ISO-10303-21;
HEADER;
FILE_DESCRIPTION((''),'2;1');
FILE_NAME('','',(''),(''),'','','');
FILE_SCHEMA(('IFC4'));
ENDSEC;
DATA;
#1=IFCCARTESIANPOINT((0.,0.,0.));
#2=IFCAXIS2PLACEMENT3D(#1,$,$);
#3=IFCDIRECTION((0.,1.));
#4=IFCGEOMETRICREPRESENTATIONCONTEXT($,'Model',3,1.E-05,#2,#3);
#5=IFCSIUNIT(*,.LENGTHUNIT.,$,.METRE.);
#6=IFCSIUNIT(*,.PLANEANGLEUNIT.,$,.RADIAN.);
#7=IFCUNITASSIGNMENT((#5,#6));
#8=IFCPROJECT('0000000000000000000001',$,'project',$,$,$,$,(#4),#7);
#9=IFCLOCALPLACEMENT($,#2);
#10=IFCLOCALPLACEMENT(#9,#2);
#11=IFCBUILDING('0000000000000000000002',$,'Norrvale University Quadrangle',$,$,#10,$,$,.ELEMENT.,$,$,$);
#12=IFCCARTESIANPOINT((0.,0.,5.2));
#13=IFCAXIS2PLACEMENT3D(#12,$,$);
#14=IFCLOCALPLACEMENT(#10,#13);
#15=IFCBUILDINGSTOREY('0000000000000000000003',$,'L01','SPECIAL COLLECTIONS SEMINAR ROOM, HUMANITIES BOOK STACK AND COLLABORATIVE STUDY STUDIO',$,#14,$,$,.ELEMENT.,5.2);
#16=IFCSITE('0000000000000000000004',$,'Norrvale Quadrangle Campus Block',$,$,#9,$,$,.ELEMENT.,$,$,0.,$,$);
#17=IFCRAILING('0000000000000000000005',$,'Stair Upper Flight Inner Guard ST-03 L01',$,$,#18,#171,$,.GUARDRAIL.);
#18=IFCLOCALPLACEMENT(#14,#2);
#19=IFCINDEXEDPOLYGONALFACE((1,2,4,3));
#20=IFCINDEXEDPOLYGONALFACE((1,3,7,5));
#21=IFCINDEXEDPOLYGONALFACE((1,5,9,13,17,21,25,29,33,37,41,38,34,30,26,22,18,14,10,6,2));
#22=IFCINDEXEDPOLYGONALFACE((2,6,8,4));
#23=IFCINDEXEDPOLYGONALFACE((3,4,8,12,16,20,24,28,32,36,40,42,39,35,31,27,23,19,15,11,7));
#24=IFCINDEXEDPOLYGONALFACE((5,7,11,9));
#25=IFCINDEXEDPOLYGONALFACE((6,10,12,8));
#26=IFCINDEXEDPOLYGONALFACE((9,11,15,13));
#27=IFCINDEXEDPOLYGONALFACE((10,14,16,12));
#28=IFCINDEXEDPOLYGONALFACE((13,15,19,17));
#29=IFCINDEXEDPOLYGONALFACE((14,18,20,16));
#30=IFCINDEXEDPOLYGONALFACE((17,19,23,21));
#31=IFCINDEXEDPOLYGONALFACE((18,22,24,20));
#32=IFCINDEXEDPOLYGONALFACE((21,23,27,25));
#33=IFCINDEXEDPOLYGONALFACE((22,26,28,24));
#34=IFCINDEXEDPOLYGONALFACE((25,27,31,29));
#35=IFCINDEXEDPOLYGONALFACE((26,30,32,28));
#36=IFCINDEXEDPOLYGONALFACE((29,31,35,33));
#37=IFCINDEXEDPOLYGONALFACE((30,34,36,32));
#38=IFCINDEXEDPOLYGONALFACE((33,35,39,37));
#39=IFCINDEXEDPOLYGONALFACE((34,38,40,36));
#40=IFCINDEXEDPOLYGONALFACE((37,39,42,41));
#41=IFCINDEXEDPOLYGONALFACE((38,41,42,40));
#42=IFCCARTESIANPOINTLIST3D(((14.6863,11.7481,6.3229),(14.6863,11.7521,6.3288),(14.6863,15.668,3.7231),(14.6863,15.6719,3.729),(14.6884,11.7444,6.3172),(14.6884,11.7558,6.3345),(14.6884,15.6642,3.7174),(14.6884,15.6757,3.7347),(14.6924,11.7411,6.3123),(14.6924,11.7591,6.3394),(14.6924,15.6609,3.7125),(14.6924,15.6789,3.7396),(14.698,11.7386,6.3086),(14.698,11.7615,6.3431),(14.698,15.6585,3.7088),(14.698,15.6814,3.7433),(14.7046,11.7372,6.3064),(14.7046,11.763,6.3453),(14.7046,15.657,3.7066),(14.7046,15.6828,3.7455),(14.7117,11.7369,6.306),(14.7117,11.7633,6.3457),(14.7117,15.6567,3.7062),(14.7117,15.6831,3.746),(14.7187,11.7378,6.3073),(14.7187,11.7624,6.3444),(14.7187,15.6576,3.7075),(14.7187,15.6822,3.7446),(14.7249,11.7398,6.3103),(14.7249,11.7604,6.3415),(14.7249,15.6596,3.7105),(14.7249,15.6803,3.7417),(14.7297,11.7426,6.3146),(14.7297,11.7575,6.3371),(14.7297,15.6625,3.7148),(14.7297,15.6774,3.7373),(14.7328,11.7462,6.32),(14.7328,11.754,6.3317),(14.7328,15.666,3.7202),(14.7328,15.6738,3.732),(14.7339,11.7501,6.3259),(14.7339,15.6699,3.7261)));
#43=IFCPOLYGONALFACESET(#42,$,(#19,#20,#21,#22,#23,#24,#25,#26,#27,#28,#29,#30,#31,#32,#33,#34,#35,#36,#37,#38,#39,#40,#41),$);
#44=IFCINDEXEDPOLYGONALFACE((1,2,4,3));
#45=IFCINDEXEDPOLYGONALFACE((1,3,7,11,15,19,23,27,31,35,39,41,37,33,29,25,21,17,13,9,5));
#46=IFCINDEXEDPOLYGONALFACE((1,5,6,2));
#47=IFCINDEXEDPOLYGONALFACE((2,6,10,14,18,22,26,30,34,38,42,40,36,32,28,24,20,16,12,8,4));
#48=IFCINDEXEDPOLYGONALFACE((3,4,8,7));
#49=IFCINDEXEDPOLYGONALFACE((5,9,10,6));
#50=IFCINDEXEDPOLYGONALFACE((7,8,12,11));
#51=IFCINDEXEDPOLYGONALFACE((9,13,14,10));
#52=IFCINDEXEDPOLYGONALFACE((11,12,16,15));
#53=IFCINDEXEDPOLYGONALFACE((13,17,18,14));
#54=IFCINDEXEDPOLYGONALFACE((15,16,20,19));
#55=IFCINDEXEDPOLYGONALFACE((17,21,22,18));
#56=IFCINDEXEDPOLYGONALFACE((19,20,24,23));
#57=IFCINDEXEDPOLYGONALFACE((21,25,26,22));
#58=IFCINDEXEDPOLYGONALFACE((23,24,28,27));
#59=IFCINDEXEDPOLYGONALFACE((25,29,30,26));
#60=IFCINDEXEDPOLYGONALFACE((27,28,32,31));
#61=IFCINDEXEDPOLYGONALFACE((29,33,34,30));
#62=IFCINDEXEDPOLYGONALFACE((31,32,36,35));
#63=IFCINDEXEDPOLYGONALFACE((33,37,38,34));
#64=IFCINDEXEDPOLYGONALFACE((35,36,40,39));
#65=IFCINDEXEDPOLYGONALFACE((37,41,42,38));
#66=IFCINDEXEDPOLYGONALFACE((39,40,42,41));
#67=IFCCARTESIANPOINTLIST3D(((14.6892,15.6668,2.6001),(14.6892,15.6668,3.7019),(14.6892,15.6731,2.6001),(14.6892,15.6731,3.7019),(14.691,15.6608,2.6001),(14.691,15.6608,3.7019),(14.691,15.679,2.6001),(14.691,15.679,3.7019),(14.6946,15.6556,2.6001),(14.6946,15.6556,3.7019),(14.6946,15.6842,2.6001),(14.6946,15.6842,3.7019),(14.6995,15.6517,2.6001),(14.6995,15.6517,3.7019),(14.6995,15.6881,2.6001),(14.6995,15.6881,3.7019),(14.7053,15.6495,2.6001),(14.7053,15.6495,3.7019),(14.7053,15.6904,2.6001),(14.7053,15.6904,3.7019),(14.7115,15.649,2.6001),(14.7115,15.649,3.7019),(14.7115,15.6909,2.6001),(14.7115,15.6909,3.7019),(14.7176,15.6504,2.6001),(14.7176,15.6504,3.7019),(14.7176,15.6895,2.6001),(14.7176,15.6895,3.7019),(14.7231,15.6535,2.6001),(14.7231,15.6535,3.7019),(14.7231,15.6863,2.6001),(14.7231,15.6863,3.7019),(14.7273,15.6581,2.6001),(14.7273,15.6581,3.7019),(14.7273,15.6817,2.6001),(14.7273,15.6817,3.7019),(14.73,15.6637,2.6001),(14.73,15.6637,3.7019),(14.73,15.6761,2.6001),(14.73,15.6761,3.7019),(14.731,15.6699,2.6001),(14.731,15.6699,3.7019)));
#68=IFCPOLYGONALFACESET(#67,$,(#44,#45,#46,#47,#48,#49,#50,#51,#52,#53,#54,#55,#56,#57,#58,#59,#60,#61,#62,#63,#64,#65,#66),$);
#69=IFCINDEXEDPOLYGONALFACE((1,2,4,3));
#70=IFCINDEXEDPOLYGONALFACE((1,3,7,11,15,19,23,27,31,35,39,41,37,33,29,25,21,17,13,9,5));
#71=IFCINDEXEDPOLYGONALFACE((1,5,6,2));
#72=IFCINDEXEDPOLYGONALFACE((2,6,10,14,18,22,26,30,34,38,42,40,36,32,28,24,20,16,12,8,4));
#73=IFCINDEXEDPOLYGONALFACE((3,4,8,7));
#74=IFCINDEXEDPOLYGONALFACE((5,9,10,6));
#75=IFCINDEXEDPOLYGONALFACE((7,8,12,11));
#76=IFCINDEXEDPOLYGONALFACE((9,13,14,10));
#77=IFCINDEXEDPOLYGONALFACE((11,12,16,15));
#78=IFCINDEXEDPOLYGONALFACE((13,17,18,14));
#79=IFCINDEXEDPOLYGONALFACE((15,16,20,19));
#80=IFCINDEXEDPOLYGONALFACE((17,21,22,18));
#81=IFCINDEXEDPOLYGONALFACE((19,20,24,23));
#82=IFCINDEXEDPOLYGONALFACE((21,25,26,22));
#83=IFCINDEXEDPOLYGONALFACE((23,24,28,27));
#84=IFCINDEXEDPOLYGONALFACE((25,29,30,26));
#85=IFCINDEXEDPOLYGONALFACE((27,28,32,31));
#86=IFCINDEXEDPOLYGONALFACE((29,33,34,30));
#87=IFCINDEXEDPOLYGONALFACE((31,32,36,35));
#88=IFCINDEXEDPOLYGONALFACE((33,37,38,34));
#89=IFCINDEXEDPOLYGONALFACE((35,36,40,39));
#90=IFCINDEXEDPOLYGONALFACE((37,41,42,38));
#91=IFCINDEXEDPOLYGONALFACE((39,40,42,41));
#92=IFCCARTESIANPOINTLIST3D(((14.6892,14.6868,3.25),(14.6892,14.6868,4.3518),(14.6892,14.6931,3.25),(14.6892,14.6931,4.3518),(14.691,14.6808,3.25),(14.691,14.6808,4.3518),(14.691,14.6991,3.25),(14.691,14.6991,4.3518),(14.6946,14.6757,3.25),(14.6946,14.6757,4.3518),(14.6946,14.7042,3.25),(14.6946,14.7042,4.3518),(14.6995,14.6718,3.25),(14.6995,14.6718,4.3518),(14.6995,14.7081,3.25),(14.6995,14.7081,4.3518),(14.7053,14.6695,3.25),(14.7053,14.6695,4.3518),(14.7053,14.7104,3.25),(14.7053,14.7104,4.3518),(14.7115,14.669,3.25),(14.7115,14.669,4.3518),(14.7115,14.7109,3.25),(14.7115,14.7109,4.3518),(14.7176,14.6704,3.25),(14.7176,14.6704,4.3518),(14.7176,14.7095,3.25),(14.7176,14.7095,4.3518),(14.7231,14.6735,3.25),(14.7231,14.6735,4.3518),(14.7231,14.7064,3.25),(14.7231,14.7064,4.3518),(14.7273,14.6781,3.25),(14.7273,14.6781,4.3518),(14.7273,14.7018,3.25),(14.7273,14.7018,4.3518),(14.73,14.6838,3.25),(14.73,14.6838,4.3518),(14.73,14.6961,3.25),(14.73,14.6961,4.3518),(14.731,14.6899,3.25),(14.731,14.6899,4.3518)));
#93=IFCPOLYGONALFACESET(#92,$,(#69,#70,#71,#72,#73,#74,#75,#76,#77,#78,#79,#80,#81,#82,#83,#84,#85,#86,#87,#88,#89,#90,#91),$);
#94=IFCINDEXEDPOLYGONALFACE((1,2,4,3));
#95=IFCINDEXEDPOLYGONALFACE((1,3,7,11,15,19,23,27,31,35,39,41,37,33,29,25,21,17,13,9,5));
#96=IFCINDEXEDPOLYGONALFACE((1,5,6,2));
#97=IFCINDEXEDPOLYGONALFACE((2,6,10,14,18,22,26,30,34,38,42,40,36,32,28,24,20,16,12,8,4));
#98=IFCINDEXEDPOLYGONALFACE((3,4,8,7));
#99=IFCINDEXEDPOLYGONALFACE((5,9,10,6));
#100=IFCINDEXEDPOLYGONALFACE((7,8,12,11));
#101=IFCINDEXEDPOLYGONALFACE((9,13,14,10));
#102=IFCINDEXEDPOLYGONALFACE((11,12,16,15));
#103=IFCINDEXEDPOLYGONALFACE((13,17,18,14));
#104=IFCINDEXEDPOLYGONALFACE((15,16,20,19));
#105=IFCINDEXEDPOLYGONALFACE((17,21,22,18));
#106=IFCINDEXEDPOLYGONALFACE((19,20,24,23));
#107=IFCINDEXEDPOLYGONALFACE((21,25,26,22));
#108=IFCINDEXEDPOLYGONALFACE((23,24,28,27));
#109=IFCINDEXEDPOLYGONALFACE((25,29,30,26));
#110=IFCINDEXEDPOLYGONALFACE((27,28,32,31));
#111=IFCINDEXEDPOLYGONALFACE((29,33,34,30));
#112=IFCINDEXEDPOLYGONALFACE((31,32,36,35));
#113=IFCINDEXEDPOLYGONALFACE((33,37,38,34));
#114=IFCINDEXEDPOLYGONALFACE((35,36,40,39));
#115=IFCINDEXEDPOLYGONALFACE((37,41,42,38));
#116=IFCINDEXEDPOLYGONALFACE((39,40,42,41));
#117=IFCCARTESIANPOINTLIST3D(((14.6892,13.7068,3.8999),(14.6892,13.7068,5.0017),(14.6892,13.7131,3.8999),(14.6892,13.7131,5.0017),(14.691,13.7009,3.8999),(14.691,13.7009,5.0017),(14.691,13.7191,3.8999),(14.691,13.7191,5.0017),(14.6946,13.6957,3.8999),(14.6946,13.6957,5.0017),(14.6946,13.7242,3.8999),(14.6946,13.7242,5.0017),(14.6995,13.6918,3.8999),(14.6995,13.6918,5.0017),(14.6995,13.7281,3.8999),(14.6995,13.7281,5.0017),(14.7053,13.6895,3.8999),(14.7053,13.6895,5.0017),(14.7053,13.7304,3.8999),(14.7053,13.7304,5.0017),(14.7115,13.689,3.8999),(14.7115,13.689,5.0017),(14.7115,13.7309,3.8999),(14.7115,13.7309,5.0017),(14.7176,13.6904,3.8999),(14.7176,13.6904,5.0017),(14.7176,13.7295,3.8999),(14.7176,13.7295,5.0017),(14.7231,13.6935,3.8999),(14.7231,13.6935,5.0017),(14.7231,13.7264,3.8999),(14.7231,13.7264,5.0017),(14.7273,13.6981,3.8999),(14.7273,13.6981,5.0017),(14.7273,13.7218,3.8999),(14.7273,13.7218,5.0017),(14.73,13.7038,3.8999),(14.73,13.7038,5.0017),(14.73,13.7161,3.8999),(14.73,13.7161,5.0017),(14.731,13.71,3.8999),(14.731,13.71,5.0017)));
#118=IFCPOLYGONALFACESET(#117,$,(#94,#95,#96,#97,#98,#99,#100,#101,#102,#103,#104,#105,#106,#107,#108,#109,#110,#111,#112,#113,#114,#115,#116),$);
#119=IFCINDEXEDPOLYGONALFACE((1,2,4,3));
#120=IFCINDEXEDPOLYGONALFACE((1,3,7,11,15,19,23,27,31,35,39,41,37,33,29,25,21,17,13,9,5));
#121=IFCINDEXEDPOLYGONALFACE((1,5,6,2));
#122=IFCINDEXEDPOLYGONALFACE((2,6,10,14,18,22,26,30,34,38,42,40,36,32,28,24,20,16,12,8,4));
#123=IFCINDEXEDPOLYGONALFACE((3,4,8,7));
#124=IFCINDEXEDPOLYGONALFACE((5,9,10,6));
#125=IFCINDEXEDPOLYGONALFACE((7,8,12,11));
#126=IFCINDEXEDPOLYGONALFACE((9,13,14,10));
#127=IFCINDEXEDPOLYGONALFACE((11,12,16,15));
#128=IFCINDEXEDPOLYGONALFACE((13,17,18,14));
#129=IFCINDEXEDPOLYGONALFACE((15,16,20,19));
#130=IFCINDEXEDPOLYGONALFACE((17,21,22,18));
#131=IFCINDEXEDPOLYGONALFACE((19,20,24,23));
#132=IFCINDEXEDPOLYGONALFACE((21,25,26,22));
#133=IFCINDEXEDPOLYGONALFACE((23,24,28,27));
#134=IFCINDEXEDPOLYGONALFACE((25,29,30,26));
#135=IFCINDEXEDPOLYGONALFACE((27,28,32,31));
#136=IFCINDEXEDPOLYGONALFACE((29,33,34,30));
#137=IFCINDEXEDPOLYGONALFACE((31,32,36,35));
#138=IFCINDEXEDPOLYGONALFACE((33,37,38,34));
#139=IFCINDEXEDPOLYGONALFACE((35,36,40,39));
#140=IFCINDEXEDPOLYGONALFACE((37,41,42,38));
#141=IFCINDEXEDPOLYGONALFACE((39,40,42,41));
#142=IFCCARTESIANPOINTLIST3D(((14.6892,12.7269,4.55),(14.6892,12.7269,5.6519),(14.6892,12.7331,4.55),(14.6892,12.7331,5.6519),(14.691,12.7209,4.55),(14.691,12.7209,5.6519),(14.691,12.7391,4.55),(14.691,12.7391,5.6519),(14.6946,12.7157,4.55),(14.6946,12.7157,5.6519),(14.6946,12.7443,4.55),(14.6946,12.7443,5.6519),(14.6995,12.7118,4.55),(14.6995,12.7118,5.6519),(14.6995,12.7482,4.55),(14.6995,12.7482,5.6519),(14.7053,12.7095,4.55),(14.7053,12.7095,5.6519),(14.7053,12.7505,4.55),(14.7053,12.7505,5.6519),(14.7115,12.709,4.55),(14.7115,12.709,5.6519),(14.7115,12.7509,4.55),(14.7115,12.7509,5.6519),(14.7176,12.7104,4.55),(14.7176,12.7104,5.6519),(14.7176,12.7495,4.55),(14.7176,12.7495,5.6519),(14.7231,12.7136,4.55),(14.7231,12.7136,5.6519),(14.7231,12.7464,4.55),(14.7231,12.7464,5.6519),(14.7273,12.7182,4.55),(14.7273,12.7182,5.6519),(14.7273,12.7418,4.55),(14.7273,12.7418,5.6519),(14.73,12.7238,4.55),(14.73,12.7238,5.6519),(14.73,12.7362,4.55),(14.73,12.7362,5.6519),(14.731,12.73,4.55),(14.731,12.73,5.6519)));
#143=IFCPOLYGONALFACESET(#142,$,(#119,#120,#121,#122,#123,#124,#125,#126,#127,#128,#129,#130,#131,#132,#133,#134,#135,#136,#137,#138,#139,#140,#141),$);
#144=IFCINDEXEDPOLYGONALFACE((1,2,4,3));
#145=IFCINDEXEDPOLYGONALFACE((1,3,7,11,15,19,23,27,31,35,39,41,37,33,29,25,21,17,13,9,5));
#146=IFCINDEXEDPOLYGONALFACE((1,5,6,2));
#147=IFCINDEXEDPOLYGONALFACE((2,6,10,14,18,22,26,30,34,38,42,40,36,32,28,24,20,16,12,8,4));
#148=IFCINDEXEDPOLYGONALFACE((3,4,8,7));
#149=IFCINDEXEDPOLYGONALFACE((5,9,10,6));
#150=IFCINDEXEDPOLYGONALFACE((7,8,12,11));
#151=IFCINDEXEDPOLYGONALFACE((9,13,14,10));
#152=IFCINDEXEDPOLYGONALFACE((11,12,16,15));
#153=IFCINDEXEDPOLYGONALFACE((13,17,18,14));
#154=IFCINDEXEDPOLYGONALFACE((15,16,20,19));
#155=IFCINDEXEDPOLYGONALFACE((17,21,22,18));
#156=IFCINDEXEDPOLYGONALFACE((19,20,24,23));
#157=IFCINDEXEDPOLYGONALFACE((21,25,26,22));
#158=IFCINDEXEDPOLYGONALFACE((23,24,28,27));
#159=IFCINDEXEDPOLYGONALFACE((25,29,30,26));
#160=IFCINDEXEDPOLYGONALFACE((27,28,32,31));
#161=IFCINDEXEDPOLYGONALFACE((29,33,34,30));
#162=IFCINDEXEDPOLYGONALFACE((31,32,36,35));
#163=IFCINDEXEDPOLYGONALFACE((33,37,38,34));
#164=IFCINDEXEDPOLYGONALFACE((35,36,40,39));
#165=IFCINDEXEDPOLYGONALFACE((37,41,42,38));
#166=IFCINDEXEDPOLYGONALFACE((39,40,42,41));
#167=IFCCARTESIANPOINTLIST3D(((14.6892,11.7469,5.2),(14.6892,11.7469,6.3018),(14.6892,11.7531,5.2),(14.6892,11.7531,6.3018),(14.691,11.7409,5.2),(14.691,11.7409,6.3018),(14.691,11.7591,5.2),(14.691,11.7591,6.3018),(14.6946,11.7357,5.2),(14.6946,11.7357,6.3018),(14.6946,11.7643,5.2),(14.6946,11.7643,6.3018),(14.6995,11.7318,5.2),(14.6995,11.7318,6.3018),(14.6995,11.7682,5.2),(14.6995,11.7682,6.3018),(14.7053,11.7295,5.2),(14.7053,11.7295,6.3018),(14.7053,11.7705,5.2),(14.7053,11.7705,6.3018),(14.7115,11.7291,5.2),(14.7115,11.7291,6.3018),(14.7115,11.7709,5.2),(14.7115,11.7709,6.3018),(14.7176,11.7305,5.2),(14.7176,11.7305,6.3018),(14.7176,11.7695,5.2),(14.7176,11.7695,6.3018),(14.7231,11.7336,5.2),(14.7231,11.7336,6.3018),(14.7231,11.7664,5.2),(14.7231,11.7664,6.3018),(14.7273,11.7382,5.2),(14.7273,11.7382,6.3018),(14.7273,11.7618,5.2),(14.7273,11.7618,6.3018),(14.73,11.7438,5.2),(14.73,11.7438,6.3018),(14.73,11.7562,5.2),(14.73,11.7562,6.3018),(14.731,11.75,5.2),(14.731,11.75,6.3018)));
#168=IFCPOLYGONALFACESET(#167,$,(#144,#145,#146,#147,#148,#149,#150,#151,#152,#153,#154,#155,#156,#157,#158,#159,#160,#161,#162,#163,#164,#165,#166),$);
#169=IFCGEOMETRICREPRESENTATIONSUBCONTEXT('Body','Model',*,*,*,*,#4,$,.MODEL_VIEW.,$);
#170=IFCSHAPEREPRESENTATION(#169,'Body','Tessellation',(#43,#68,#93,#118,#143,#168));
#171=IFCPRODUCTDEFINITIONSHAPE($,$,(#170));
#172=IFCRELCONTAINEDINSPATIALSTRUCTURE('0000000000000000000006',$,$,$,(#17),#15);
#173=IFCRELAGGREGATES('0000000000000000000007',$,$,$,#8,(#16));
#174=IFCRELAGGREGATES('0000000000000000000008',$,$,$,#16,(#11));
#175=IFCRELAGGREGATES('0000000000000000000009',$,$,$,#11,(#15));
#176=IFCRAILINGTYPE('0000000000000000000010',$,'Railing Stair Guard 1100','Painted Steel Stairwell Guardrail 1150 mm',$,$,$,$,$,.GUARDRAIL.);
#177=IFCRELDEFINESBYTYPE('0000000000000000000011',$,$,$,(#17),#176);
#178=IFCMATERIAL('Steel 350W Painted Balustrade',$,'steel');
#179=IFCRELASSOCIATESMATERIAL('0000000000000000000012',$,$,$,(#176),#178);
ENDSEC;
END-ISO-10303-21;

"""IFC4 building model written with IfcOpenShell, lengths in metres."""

from ifc_helpers import new_model, si_unit, direction, frame, origin, origin_2d, place, context, subcontext, project, spatial, circle, extrude, material, type_object, element, save


model = new_model("IFC4")

# Units and contexts
model_context = context("Model", 3, precision=1e-05, world=origin(), true_north=direction((0.0, 1.0)))
body_context = subcontext(model_context, "Body", "Model", "MODEL_VIEW")
ifc_project = project(units=[si_unit("LENGTHUNIT", "METRE"), si_unit("PLANEANGLEUNIT", "RADIAN")], contexts=[model_context])

# Site, building, storey
site_placement = place(None, origin())
site = spatial("IfcSite", under=ifc_project, at=site_placement, Name="Norrvale Quadrangle Campus Block", CompositionType="ELEMENT", RefElevation=0.0)
building_placement = place(site_placement, origin())
building = spatial("IfcBuilding", under=site, at=building_placement, Name="Norrvale University Quadrangle", CompositionType="ELEMENT")
storey_placement = place(building_placement, frame((0.0, 0.0, 5.2)))
storey = spatial("IfcBuildingStorey", under=building, at=storey_placement, Name="L01", Description="SPECIAL COLLECTIONS SEMINAR ROOM, HUMANITIES BOOK STACK AND COLLABORATIVE STUDY STUDIO", CompositionType="ELEMENT", Elevation=5.2)

# Railing
ifc_material_1 = material(Name="Steel 350W Painted Balustrade", Category="steel")
railing_type_1 = type_object("IfcRailingType", Name="Railing Stair Guard 1100", Description="Painted Steel Stairwell Guardrail 1150 mm", PredefinedType="GUARDRAIL", material=ifc_material_1)
railing_1_placement = place(storey_placement, frame((14.71, 15.6699, 2.6001)))
element("IfcRailing", 1, at=railing_1_placement, inside=storey, type_object=railing_type_1, Name="Stair Upper Flight Inner Guard ST-03 L01", PredefinedType="GUARDRAIL", context=body_context, shape_type="SweptSolid", body=[
    extrude(circle(Radius=0.0239, at=origin_2d()), frame((0.0, 0.0, 1.126), z_axis=(0.0, -0.833366, 0.552722), x_axis=(1.0, 0.0, 0.0)), (0.0, 0.0, 1.0), 4.7036),
    extrude(circle(Radius=0.021, at=origin_2d()), origin(), (0.0, 0.0, 1.0), 1.1018),
    extrude(circle(Radius=0.021, at=origin_2d()), frame((0.0, -0.98, 0.6499)), (0.0, 0.0, 1.0), 1.1018),
    extrude(circle(Radius=0.021, at=origin_2d()), frame((0.0, -1.96, 1.2998)), (0.0, 0.0, 1.0), 1.1018),
    extrude(circle(Radius=0.021, at=origin_2d()), frame((0.0, -2.9399, 1.95)), (0.0, 0.0, 1.0), 1.1018),
    extrude(circle(Radius=0.021, at=origin_2d()), frame((0.0, -3.9199, 2.5999)), (0.0, 0.0, 1.0), 1.1018),
])

save(model, "model.ifc")
